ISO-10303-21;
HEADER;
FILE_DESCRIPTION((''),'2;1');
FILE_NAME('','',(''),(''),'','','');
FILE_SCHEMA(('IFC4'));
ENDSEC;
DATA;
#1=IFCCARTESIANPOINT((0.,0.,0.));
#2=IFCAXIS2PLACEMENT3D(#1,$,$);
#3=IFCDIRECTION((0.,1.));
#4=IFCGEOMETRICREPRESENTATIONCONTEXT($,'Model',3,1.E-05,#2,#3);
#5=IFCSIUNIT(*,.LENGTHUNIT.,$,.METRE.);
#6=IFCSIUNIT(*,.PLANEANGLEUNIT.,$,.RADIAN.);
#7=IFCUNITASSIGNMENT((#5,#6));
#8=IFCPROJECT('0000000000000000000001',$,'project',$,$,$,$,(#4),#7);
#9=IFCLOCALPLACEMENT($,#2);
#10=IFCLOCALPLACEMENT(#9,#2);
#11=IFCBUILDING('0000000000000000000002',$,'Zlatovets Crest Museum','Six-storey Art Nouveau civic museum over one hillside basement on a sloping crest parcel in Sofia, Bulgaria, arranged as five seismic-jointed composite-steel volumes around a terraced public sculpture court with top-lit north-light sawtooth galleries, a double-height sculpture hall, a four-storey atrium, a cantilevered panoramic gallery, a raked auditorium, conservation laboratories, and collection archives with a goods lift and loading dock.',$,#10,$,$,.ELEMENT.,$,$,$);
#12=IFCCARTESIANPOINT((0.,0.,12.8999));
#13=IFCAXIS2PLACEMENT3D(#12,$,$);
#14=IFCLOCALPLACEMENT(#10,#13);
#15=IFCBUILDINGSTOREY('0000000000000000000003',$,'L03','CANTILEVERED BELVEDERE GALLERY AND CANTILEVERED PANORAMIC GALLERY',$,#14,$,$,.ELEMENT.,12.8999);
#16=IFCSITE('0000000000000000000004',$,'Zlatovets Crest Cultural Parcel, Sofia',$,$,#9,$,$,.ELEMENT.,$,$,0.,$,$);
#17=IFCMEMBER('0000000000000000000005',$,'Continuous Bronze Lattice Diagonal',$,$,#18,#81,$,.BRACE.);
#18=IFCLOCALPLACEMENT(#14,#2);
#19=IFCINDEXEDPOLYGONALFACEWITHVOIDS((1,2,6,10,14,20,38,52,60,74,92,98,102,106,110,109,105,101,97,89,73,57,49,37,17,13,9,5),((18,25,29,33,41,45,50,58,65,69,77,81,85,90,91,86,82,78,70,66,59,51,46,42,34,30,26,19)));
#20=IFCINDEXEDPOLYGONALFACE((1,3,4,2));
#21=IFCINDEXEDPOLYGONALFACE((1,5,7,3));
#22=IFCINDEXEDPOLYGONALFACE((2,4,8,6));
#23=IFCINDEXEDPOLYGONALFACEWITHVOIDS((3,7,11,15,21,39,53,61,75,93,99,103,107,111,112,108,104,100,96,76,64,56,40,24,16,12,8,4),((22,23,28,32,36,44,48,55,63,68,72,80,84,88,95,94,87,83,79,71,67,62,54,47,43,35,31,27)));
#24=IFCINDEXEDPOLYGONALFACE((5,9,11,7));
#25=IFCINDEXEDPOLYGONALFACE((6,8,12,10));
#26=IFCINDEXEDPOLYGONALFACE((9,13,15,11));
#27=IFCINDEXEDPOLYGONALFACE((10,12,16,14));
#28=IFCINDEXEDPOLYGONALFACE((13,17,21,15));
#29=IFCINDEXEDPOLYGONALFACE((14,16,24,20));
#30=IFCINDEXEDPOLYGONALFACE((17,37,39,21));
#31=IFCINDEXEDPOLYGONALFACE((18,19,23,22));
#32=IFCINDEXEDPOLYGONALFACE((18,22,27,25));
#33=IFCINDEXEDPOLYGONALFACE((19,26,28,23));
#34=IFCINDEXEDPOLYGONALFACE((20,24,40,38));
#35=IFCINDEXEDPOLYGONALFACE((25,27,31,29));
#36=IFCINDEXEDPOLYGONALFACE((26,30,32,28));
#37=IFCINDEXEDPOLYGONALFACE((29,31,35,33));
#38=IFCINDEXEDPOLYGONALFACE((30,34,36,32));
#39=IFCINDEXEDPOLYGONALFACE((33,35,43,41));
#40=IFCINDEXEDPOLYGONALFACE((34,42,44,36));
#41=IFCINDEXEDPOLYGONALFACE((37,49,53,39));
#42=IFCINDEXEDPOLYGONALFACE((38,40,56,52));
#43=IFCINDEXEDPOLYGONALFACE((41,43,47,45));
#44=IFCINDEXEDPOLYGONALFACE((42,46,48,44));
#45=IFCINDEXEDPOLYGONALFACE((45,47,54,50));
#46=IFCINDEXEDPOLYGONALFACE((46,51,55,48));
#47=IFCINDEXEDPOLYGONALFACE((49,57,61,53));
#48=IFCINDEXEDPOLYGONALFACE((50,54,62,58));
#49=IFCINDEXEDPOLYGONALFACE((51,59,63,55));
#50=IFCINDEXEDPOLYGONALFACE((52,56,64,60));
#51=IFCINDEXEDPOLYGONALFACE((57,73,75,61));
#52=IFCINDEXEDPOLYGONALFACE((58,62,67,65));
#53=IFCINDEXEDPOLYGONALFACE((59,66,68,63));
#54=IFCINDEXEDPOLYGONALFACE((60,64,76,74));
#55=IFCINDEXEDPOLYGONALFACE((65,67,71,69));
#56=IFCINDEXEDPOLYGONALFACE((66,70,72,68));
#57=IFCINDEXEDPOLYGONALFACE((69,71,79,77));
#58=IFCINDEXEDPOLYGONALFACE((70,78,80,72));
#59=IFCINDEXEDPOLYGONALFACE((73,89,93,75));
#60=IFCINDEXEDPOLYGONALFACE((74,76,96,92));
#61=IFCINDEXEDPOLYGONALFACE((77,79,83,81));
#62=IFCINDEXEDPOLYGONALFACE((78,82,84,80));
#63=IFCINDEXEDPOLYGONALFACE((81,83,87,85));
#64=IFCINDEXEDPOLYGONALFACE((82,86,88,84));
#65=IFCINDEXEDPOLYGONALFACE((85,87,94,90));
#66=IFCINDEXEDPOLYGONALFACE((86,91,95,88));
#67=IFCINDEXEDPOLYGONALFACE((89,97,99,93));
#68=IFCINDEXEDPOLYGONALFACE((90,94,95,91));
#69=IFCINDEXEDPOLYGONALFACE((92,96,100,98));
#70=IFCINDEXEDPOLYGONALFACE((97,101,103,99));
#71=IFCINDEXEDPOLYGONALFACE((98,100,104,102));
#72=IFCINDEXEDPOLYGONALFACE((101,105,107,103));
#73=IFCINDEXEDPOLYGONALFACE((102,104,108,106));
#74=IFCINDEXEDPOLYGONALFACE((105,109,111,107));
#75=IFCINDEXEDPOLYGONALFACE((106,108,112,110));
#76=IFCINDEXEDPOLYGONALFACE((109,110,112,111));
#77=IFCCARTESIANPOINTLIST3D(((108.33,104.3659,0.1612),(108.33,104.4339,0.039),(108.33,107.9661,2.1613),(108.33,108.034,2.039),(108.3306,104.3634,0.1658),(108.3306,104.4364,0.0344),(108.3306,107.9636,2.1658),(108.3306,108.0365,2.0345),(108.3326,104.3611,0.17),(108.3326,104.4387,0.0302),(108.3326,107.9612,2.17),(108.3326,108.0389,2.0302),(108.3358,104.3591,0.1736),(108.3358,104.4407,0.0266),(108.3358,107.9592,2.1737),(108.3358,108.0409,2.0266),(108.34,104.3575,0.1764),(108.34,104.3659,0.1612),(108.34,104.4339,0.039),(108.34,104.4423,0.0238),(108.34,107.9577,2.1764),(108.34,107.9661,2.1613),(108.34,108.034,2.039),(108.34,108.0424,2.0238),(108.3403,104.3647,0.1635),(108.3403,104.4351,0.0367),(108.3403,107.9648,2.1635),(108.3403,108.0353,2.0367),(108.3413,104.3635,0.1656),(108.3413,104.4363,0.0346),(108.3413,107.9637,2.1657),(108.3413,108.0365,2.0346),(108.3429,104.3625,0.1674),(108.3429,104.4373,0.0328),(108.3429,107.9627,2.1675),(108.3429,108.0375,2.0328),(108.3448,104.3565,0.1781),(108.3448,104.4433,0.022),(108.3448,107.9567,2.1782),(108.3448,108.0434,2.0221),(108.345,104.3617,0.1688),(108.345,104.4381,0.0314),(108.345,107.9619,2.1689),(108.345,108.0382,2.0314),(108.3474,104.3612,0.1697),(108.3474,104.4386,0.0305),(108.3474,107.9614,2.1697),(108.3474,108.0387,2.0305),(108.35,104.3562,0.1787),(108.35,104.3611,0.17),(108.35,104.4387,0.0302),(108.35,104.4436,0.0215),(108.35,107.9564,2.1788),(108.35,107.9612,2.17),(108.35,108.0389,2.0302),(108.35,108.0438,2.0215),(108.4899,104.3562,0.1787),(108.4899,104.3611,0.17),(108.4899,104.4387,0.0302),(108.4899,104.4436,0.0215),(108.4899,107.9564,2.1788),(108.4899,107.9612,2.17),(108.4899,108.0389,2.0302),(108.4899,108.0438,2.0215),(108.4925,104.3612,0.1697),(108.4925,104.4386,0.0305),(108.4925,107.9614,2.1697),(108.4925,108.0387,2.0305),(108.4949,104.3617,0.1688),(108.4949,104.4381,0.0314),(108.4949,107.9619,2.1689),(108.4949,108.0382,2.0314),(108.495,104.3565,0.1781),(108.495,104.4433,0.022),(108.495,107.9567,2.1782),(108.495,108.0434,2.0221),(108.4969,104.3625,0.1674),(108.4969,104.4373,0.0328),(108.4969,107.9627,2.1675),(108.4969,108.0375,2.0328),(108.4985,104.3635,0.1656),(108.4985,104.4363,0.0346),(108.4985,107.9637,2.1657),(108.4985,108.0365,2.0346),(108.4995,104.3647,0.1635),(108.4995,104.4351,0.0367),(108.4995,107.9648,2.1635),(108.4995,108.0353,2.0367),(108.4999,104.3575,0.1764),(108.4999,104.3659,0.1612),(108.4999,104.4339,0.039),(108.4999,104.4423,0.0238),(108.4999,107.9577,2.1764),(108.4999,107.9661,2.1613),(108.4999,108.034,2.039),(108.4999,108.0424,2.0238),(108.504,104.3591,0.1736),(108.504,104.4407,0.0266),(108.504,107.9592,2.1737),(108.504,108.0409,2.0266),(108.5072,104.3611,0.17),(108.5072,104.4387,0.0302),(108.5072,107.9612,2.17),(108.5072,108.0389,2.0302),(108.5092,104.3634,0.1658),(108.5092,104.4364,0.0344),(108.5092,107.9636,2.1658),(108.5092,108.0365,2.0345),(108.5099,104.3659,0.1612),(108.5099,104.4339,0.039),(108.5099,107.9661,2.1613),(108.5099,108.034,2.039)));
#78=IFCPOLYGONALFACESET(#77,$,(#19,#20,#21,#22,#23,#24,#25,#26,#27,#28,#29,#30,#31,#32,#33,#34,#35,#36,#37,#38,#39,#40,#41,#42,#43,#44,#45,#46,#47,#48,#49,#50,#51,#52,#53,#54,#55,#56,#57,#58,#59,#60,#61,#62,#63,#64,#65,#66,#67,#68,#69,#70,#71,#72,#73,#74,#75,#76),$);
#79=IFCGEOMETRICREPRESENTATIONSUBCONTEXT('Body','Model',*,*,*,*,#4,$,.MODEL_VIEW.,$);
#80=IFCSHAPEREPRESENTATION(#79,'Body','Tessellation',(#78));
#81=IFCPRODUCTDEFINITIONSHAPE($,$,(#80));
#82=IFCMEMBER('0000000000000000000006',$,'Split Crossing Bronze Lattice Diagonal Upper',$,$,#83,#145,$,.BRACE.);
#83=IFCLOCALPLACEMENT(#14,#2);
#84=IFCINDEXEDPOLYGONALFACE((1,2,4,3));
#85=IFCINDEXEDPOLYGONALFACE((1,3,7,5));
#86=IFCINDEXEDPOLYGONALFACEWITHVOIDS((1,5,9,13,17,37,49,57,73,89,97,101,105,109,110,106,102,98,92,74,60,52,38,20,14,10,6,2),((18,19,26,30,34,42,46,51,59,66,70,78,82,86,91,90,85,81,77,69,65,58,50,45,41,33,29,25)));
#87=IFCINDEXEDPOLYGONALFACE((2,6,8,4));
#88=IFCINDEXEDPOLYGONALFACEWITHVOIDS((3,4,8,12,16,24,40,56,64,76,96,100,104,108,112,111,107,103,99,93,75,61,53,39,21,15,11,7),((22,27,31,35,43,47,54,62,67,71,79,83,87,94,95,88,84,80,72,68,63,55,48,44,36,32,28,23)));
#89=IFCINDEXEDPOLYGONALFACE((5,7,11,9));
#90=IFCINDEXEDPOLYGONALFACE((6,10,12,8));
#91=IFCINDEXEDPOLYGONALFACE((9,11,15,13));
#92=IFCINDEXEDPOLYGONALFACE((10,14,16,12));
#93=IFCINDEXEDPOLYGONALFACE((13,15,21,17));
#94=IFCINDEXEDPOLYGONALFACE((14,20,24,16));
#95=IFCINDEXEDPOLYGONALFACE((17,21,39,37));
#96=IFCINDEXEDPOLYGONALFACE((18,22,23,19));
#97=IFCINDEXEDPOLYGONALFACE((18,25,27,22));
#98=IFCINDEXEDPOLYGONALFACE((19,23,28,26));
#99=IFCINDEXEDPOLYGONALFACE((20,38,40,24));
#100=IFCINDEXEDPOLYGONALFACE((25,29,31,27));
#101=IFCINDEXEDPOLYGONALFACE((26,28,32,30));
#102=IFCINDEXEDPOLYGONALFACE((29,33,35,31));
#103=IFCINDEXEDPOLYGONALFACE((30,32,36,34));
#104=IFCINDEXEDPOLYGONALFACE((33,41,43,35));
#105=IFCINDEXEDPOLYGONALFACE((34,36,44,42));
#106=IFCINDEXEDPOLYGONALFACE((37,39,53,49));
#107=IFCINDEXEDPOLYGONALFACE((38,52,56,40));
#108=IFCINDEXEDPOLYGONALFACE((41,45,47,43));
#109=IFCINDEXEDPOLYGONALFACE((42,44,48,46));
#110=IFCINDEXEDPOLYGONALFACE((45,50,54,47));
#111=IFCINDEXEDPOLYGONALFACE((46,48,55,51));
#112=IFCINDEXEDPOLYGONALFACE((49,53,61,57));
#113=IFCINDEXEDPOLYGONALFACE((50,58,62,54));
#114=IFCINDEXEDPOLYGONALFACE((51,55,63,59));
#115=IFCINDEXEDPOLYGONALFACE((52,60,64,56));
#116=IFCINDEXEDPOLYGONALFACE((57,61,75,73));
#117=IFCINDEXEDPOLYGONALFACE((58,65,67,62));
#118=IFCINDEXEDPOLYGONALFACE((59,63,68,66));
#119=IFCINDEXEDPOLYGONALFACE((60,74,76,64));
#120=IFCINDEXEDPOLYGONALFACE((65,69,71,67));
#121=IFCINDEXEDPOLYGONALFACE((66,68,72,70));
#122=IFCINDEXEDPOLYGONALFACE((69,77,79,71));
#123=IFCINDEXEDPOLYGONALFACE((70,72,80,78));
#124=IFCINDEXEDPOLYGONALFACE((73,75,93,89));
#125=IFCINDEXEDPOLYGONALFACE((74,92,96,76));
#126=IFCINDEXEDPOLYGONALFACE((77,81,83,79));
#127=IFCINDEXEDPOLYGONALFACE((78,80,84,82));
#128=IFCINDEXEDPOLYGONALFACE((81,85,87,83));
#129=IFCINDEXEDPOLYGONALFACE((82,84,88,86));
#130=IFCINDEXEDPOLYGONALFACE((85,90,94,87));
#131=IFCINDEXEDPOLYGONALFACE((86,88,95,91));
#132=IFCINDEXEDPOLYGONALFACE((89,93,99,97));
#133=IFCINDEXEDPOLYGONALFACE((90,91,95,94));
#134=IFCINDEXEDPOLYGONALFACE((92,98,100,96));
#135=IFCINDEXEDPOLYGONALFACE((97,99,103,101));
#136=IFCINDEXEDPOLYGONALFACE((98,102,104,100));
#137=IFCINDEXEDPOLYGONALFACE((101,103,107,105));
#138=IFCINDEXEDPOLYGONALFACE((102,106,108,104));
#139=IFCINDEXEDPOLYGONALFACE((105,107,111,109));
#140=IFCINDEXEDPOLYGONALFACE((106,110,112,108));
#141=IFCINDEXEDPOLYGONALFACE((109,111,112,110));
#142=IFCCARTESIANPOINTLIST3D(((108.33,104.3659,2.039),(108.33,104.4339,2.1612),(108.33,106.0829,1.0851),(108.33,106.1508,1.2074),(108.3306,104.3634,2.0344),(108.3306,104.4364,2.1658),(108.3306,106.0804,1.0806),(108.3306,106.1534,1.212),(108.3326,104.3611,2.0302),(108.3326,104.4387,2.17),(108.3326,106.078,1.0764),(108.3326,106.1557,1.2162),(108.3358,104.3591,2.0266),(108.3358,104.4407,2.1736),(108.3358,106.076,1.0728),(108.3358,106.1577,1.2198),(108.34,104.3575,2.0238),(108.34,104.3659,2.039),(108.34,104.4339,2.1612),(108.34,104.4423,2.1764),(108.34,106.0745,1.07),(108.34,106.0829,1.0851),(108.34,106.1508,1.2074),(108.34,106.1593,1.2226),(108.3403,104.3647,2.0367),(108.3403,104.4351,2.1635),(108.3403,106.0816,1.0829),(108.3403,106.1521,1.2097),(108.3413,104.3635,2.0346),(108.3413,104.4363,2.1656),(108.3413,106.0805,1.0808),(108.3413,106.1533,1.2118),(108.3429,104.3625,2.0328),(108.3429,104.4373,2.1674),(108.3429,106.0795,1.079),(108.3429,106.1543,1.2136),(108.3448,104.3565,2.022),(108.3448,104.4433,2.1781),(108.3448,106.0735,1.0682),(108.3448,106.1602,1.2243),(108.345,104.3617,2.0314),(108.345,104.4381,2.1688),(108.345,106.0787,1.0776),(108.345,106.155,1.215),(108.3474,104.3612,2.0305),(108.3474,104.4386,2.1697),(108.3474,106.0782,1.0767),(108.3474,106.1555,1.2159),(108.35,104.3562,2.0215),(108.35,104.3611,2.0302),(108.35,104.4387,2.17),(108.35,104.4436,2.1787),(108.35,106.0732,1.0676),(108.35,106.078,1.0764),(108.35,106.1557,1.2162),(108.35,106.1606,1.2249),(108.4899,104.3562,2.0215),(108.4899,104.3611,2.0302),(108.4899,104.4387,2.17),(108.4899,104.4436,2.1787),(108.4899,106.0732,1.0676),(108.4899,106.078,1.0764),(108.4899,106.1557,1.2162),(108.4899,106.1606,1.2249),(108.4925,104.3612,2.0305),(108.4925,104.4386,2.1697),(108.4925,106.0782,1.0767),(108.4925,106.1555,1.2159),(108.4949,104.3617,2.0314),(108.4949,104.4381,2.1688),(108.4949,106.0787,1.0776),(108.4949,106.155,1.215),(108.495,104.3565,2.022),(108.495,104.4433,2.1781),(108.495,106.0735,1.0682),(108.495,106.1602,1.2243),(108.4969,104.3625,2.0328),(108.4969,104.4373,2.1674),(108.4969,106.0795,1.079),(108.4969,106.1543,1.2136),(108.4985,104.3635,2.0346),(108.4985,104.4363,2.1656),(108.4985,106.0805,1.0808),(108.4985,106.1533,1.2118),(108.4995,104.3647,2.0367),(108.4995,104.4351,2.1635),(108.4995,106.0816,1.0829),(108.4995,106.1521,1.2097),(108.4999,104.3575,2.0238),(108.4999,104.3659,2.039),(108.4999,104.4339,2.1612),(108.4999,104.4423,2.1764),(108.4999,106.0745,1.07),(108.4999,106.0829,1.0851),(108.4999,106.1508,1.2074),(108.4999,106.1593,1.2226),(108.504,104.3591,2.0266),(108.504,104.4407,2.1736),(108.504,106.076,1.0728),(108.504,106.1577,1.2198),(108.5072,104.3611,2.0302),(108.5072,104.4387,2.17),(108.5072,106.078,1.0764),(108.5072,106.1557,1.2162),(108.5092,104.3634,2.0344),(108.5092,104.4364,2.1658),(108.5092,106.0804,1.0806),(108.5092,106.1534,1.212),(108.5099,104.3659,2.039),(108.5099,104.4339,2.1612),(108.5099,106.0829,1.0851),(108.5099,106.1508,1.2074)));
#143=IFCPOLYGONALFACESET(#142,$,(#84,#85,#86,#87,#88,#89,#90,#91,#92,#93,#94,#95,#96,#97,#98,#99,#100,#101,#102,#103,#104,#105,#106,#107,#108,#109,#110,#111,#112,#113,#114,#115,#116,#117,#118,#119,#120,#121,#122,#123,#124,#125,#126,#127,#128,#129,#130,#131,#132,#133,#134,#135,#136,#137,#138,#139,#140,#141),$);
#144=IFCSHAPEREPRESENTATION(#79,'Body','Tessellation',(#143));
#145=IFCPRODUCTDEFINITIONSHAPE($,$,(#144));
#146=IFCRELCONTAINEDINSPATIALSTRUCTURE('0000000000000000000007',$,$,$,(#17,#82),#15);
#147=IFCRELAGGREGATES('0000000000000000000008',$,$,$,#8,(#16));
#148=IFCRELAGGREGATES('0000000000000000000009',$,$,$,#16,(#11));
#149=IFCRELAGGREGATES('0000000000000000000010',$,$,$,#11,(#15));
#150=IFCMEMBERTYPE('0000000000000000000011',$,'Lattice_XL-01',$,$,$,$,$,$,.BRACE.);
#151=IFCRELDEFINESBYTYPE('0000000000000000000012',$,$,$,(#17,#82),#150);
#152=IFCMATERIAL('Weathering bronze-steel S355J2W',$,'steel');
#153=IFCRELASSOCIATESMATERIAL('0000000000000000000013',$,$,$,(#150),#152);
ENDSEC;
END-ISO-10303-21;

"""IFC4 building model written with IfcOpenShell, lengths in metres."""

from ifc_helpers import new_model, si_unit, direction, frame, origin, origin_2d, place, context, subcontext, project, spatial, hollow_rectangle, extrude, material, material_profile, profile_set, type_object, element, save


model = new_model("IFC4")

# Units and contexts
model_context = context("Model", 3, precision=1e-05, world=origin(), true_north=direction((0.0, 1.0)))
body_context = subcontext(model_context, "Body", "Model", "MODEL_VIEW")
ifc_project = project(units=[si_unit("LENGTHUNIT", "METRE"), si_unit("PLANEANGLEUNIT", "RADIAN")], contexts=[model_context])

# Site, building, storey
site_placement = place(None, origin())
site = spatial("IfcSite", under=ifc_project, at=site_placement, Name="Zlatovets Crest Cultural Parcel, Sofia", CompositionType="ELEMENT", RefElevation=0.0)
building_placement = place(site_placement, origin())
building = spatial("IfcBuilding", under=site, at=building_placement, Name="Zlatovets Crest Museum", Description="Six-storey Art Nouveau civic museum over one hillside basement on a sloping crest parcel in Sofia, Bulgaria, arranged as five seismic-jointed composite-steel volumes around a terraced public sculpture court with top-lit north-light sawtooth galleries, a double-height sculpture hall, a four-storey atrium, a cantilevered panoramic gallery, a raked auditorium, conservation laboratories, and collection archives with a goods lift and loading dock.", CompositionType="ELEMENT")
storey_placement = place(building_placement, frame((0.0, 0.0, 12.8999)))
storey = spatial("IfcBuildingStorey", under=building, at=storey_placement, Name="L03", Description="CANTILEVERED BELVEDERE GALLERY AND CANTILEVERED PANORAMIC GALLERY", CompositionType="ELEMENT", Elevation=12.8999)

# Members
ifc_material_1 = material(Name="Weathering bronze-steel S355J2W", Category="steel")
ifc_material_profile_1 = material_profile(ifc_material_1, hollow_rectangle(XDim=0.1799, YDim=0.1799, WallThickness=0.01, InnerFilletRadius=0.01, OuterFilletRadius=0.02, at=origin_2d()), Name="SHS 180x180x10.0")
ifc_profile_set_1 = profile_set([ifc_material_profile_1], Name="Weathering bronze-steel S355J2W")
member_type_1 = type_object("IfcMemberType", Name="Lattice_XL-01", PredefinedType="BRACE", material=ifc_profile_set_1)
member_1_placement = place(storey_placement, frame((108.4199, 104.3999, 0.1001), z_axis=(0.0, 0.874163, 0.485633), x_axis=(-1.0, 0.0, 0.0)))
element("IfcMember", 1, at=member_1_placement, inside=storey, type_object=member_type_1, Name="Continuous Bronze Lattice Diagonal", PredefinedType="BRACE", context=body_context, shape_type="SweptSolid", body=[
    extrude(hollow_rectangle(XDim=0.1799, YDim=0.1799, WallThickness=0.01, InnerFilletRadius=0.01, OuterFilletRadius=0.02, at=origin_2d()), origin(), (0.0, 0.0, 1.0), 4.1184),
])
for number, where, z_axis, x_axis, name in (
    (2, (108.4199, 104.3999, 2.1001), (0.0, 0.874169, -0.485622), (-1.0, 0.0, 0.0), "Split Crossing Bronze Lattice Diagonal Upper"),
):
    element("IfcMember", number, at=place(storey_placement, frame(where, z_axis=z_axis, x_axis=x_axis)), inside=storey, type_object=member_type_1, Name=name, PredefinedType="BRACE", context=body_context, shape_type="SweptSolid", body=[
        extrude(hollow_rectangle(XDim=0.1799, YDim=0.1799, WallThickness=0.01, InnerFilletRadius=0.01, OuterFilletRadius=0.02, at=origin_2d()), origin(), (0.0, 0.0, 1.0), 1.9641),
    ])

save(model, "model.ifc")
